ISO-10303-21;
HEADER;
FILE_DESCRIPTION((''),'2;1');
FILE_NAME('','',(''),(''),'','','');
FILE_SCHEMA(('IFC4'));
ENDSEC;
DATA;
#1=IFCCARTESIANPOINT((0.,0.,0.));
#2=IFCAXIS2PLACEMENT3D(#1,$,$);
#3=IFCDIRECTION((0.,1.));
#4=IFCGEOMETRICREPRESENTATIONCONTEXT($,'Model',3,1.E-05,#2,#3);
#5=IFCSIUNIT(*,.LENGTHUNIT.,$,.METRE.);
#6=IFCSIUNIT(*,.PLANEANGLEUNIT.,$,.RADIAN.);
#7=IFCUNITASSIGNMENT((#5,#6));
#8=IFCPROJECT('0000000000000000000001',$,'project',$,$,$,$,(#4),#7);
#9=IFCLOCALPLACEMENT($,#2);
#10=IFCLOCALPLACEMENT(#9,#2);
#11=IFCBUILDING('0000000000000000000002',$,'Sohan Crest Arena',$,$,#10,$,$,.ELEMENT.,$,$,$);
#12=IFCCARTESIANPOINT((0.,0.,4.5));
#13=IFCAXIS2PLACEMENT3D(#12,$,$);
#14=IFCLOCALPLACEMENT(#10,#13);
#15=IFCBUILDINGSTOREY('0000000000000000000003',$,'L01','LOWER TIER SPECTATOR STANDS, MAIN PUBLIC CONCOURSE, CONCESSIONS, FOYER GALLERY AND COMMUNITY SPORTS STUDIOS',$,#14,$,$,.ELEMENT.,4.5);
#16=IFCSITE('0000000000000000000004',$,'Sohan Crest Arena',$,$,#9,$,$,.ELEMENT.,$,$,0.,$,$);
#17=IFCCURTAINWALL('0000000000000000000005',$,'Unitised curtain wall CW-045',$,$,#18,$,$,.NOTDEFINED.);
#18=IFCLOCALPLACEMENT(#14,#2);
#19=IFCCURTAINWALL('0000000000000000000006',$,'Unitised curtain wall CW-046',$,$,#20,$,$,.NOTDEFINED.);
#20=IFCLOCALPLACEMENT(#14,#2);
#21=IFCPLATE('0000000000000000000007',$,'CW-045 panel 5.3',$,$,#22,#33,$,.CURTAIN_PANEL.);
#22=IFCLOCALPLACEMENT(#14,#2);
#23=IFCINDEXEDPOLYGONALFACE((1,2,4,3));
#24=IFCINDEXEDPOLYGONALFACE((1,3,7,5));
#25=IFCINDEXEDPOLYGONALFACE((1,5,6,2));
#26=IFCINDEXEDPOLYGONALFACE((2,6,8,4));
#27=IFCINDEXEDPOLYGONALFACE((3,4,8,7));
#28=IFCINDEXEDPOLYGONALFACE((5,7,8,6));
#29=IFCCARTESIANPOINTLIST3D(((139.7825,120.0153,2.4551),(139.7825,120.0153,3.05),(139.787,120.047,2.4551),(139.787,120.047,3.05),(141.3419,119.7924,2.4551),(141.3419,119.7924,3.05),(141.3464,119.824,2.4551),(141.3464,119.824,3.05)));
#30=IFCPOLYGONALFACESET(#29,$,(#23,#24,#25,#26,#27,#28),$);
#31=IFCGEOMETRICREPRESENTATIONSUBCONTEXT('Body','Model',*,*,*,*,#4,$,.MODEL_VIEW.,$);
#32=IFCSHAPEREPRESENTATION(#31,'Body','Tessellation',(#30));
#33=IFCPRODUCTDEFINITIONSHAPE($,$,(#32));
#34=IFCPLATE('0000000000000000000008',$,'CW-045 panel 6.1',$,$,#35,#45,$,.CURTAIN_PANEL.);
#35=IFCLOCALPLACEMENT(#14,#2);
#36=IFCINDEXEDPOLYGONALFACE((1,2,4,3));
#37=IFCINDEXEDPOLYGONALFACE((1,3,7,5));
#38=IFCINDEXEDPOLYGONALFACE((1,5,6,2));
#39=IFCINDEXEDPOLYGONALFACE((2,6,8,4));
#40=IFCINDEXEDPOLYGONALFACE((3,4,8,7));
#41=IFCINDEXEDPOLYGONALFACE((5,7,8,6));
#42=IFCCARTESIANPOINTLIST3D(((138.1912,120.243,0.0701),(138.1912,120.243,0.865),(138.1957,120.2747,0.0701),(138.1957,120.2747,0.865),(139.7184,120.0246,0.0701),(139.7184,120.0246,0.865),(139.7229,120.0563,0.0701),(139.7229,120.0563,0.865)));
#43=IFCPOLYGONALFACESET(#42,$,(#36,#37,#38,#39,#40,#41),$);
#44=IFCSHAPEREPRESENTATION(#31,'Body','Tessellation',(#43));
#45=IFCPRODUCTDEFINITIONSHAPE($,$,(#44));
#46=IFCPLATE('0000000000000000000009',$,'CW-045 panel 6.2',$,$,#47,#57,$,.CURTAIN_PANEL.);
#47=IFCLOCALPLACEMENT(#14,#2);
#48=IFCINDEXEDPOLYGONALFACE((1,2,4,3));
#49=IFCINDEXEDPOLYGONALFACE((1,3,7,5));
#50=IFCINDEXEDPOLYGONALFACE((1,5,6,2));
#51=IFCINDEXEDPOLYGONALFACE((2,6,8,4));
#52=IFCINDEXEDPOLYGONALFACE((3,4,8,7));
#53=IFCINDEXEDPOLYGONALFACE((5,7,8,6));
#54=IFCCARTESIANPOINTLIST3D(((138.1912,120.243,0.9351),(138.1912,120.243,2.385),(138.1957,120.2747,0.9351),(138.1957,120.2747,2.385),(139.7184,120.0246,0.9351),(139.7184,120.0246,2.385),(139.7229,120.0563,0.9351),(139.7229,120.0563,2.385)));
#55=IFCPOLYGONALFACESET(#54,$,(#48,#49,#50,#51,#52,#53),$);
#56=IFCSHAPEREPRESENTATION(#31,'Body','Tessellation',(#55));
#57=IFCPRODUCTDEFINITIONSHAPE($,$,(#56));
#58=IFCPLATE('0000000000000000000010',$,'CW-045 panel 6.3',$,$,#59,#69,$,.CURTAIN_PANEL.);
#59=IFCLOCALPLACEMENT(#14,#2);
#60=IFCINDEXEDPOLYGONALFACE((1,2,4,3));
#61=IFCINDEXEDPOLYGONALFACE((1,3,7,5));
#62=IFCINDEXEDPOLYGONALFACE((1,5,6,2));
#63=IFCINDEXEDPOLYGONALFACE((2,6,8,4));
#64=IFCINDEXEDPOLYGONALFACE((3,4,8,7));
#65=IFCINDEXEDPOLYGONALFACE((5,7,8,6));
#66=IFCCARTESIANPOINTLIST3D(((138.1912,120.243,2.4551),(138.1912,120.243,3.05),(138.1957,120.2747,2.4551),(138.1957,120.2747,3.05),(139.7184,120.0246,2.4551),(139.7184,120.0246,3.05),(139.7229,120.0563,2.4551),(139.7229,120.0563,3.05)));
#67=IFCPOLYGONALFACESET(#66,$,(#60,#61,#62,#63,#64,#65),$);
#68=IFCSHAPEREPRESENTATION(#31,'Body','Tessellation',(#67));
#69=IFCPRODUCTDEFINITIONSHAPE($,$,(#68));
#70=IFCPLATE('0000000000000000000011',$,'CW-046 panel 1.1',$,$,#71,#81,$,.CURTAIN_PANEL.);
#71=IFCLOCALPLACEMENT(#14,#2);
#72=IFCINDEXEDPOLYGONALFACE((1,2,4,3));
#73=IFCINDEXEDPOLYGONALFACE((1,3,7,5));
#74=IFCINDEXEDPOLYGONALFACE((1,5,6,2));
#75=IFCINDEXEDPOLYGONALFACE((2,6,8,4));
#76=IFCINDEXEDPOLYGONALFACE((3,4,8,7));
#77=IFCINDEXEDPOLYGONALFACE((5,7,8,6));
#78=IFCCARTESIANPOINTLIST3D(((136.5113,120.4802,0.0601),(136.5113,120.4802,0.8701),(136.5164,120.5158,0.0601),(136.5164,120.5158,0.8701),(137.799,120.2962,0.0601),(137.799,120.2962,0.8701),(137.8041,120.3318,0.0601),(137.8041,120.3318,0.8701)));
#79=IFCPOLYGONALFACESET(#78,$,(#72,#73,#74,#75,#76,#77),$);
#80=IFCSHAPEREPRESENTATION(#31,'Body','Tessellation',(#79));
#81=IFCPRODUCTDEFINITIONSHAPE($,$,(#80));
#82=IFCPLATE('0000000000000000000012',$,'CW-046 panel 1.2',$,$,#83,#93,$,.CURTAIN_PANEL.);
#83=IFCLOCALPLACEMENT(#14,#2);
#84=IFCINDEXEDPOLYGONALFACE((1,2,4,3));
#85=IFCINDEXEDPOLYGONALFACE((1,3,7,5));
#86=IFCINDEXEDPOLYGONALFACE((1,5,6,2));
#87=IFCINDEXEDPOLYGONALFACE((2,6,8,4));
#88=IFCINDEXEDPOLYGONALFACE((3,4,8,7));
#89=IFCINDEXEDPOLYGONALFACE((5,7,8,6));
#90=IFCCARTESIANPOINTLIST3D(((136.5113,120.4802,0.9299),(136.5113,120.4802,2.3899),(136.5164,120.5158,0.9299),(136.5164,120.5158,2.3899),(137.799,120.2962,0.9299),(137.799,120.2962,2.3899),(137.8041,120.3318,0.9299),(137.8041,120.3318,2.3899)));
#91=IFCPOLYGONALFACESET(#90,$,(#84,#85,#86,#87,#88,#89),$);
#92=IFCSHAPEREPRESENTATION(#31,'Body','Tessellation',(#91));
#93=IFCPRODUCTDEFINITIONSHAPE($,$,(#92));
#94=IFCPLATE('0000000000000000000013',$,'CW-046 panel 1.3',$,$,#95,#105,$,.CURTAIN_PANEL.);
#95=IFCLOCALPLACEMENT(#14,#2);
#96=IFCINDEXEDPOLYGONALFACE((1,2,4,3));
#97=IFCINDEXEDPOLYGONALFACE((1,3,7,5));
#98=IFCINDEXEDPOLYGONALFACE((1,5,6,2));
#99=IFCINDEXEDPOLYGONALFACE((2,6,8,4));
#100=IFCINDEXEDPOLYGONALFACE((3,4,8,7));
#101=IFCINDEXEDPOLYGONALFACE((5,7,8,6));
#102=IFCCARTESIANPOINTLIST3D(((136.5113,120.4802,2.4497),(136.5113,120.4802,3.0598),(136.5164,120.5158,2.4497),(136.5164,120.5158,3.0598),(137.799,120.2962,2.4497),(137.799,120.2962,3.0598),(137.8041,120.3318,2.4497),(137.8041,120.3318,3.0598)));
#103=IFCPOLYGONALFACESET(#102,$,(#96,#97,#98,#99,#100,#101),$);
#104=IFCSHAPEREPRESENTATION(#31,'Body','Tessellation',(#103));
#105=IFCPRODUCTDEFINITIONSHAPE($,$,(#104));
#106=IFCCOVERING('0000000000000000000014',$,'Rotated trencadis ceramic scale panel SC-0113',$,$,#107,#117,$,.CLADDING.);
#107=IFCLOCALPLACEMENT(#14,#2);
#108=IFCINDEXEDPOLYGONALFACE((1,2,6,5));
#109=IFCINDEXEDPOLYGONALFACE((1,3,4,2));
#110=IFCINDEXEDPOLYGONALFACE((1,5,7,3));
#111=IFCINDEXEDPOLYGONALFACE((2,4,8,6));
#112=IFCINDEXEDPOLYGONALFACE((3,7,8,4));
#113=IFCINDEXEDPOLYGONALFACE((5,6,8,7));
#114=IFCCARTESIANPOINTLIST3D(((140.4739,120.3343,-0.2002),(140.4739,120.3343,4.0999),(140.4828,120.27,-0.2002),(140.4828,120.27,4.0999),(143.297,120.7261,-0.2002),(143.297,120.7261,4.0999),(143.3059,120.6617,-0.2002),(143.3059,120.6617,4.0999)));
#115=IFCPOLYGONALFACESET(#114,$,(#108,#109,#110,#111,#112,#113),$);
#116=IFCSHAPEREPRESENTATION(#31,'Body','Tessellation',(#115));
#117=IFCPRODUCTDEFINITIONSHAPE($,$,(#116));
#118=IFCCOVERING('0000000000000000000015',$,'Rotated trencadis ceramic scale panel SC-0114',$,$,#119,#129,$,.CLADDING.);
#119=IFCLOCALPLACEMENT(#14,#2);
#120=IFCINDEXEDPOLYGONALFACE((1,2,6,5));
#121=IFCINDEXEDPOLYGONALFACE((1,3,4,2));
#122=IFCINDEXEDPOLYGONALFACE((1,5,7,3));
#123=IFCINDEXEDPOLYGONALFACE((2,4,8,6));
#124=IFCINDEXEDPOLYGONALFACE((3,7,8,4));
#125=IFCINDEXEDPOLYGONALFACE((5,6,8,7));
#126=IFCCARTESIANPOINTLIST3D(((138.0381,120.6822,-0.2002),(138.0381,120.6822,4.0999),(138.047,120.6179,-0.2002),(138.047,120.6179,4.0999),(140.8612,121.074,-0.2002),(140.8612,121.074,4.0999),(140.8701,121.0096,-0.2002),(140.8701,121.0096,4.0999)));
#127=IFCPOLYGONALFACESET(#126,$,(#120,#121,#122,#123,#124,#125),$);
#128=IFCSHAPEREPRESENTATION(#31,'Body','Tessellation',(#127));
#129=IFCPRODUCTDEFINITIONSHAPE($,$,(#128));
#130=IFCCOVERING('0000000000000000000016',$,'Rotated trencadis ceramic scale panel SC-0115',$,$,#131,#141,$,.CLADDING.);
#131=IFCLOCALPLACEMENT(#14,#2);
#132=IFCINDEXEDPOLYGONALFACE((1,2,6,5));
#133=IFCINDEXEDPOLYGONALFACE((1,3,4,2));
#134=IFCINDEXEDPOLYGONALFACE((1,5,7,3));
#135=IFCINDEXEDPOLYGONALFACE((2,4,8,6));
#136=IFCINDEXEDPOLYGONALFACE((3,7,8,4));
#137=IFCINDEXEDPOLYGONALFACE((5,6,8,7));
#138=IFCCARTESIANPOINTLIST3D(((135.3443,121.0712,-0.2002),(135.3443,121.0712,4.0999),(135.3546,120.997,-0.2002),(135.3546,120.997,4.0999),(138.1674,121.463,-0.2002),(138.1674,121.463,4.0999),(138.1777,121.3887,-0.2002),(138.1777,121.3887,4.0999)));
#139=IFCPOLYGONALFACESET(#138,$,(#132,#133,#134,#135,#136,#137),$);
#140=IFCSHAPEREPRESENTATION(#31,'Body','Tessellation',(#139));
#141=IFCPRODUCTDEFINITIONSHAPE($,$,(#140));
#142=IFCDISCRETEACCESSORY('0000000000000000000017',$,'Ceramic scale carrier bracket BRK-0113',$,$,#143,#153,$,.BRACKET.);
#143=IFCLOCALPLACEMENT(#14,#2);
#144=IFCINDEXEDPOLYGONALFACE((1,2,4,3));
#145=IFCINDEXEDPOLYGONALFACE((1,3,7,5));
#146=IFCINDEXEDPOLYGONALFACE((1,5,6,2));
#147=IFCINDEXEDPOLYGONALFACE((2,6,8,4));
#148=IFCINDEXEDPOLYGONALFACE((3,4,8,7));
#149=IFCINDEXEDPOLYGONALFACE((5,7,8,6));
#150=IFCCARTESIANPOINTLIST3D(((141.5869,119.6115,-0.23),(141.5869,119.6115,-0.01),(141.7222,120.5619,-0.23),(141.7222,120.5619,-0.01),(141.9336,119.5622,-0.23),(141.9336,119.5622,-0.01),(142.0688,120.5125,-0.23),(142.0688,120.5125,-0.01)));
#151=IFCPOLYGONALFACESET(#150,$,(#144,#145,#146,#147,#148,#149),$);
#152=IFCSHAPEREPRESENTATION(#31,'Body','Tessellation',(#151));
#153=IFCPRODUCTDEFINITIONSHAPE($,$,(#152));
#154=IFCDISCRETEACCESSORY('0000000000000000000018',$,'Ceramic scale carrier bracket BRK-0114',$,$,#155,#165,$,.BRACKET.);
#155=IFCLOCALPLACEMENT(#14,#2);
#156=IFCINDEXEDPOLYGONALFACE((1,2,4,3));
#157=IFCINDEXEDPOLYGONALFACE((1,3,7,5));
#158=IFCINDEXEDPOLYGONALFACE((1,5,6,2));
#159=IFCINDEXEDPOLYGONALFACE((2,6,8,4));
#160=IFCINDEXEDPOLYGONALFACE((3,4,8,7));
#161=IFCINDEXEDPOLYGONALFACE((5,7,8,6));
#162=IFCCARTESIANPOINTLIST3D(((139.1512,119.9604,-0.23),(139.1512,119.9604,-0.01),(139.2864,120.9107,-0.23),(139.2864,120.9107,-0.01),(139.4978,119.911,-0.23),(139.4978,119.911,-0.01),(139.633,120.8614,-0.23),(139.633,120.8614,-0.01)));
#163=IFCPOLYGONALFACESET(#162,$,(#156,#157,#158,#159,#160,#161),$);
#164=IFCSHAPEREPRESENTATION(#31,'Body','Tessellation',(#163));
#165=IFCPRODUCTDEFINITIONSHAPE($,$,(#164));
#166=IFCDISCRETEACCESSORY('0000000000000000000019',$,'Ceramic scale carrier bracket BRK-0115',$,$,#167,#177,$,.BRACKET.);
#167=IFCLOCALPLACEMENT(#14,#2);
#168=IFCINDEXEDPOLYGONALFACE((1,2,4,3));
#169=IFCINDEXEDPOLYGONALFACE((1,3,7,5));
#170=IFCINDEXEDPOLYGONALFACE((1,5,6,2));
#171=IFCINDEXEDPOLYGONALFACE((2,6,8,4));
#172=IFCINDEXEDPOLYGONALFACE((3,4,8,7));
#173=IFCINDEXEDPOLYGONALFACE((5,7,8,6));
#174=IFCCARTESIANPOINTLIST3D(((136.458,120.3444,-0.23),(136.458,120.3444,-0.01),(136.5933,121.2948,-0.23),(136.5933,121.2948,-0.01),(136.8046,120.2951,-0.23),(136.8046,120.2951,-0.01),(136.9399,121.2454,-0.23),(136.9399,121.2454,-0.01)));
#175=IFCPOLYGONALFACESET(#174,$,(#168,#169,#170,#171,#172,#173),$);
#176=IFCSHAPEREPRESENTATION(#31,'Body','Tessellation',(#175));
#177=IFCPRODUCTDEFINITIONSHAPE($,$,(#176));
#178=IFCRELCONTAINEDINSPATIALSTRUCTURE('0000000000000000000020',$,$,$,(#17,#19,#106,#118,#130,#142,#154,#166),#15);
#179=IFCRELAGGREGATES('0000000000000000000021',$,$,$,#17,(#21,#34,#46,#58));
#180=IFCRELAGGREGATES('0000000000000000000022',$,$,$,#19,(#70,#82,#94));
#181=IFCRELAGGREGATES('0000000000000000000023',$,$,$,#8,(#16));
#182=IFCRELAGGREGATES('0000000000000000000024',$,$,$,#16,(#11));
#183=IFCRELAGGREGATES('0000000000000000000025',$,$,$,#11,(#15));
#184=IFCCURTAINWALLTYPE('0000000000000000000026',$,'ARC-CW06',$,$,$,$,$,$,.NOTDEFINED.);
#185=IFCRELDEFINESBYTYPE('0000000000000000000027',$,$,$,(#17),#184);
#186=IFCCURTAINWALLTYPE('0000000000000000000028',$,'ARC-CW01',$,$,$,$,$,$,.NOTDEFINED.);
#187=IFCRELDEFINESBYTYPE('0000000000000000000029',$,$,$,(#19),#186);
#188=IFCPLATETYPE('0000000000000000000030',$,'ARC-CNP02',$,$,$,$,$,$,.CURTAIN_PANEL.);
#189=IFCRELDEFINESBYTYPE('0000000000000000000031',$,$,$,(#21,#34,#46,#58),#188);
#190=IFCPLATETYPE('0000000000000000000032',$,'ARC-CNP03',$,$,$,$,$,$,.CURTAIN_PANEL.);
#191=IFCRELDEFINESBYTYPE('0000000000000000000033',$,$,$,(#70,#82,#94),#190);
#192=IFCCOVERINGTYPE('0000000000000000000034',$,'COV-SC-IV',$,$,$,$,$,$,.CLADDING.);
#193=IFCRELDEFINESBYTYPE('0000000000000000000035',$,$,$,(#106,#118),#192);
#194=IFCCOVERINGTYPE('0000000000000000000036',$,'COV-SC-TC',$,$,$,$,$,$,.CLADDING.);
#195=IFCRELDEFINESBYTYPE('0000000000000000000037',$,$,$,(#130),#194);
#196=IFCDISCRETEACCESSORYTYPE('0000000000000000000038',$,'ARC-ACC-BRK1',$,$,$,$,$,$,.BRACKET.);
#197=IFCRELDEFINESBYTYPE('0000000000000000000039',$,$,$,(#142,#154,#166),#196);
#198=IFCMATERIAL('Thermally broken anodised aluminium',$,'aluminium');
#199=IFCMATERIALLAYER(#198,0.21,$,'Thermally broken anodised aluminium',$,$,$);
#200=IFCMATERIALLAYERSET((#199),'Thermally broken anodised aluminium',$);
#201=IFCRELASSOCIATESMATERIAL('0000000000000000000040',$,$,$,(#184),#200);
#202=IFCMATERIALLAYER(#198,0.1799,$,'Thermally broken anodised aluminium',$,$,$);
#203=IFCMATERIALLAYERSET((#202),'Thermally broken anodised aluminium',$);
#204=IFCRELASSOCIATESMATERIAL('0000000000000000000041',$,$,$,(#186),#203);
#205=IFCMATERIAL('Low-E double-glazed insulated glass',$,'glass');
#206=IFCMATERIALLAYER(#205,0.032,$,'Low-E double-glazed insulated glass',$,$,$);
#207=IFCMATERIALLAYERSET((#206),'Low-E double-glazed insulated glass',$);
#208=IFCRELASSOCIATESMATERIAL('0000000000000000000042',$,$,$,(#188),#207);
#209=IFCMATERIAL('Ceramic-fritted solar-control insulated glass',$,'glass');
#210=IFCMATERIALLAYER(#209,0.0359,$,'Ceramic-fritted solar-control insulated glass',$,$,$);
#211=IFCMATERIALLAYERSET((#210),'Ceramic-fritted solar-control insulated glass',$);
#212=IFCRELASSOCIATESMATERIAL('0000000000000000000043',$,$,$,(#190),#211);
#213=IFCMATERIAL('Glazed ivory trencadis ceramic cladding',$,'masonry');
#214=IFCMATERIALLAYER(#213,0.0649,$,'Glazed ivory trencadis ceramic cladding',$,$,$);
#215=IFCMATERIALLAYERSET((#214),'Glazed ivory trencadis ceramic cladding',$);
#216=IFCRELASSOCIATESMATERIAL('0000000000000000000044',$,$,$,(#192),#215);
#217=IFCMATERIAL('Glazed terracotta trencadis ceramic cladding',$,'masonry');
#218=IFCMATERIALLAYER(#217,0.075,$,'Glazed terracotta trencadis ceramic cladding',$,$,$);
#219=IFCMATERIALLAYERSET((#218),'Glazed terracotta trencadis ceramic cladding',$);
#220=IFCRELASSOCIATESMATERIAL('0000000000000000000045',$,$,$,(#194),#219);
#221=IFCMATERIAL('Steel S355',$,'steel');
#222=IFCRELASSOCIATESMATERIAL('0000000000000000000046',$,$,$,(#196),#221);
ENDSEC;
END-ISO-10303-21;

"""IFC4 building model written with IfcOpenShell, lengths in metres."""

from ifc_helpers import new_model, si_unit, direction, frame, origin, origin_2d, place, context, subcontext, project, spatial, rectangle, extrude, material, layer, layer_set, type_object, element, aggregate, save


model = new_model("IFC4")

# Units and contexts
model_context = context("Model", 3, precision=1e-05, world=origin(), true_north=direction((0.0, 1.0)))
body_context = subcontext(model_context, "Body", "Model", "MODEL_VIEW")
ifc_project = project(units=[si_unit("LENGTHUNIT", "METRE"), si_unit("PLANEANGLEUNIT", "RADIAN")], contexts=[model_context])

# Site, building, storey
site_placement = place(None, origin())
site = spatial("IfcSite", under=ifc_project, at=site_placement, Name="Sohan Crest Arena", CompositionType="ELEMENT", RefElevation=0.0)
building_placement = place(site_placement, origin())
building = spatial("IfcBuilding", under=site, at=building_placement, Name="Sohan Crest Arena", CompositionType="ELEMENT")
storey_placement = place(building_placement, frame((0.0, 0.0, 4.5)))
storey = spatial("IfcBuildingStorey", under=building, at=storey_placement, Name="L01", Description="LOWER TIER SPECTATOR STANDS, MAIN PUBLIC CONCOURSE, CONCESSIONS, FOYER GALLERY AND COMMUNITY SPORTS STUDIOS", CompositionType="ELEMENT", Elevation=4.5)

# Shared definitions
ifc_material_1 = material(Name="Steel S355", Category="steel")

# Curtain walls
ifc_material_2 = material(Name="Thermally broken anodised aluminium", Category="aluminium")
ifc_layer_1 = layer(ifc_material_2, 0.21, Name="Thermally broken anodised aluminium")
ifc_layer_set_1 = layer_set([ifc_layer_1], Name="Thermally broken anodised aluminium")
curtain_wall_type_1 = type_object("IfcCurtainWallType", Name="ARC-CW06", PredefinedType="NOTDEFINED", material=ifc_layer_set_1)
curtain_wall_1_placement = place(storey_placement, origin())
curtain_wall_1 = element("IfcCurtainWall", 1, at=curtain_wall_1_placement, inside=storey, type_object=curtain_wall_type_1, Name="Unitised curtain wall CW-045", PredefinedType="NOTDEFINED")
ifc_layer_2 = layer(ifc_material_2, 0.1799, Name="Thermally broken anodised aluminium")
ifc_layer_set_2 = layer_set([ifc_layer_2], Name="Thermally broken anodised aluminium")
curtain_wall_type_2 = type_object("IfcCurtainWallType", Name="ARC-CW01", PredefinedType="NOTDEFINED", material=ifc_layer_set_2)
curtain_wall_2_placement = place(storey_placement, origin())
curtain_wall_2 = element("IfcCurtainWall", 2, at=curtain_wall_2_placement, inside=storey, type_object=curtain_wall_type_2, Name="Unitised curtain wall CW-046", PredefinedType="NOTDEFINED")

# Plates
ifc_material_3 = material(Name="Low-E double-glazed insulated glass", Category="glass")
ifc_layer_3 = layer(ifc_material_3, 0.032, Name="Low-E double-glazed insulated glass")
ifc_layer_set_3 = layer_set([ifc_layer_3], Name="Low-E double-glazed insulated glass")
plate_type_1 = type_object("IfcPlateType", Name="ARC-CNP02", PredefinedType="CURTAIN_PANEL", material=ifc_layer_set_3)
plate_1_placement = place(storey_placement, frame((140.5645, 119.9197, 2.4551), z_axis=(0.0, 0.0, 1.0), x_axis=(-0.989931, 0.141549, 0.0)))
plate_1 = element("IfcPlate", 3, at=plate_1_placement, type_object=plate_type_1, Name="CW-045 panel 5.3", PredefinedType="CURTAIN_PANEL", context=body_context, shape_type="SweptSolid", body=[
    extrude(rectangle(XDim=1.5752, YDim=0.032, at=origin_2d()), origin(), (0.0, 0.0, 1.0), 0.595),
])
plate_2_placement = place(storey_placement, frame((138.957, 120.1497, 0.0701), z_axis=(0.0, 0.0, 1.0), x_axis=(-0.989931, 0.141549, 0.0)))
plate_2 = element("IfcPlate", 4, at=plate_2_placement, type_object=plate_type_1, Name="CW-045 panel 6.1", PredefinedType="CURTAIN_PANEL", context=body_context, shape_type="SweptSolid", body=[
    extrude(rectangle(XDim=1.5427, YDim=0.032, at=origin_2d()), origin(), (0.0, 0.0, 1.0), 0.7949),
])
plate_3_placement = place(storey_placement, frame((138.957, 120.1497, 0.9351), z_axis=(0.0, 0.0, 1.0), x_axis=(-0.989931, 0.141549, 0.0)))
plate_3 = element("IfcPlate", 5, at=plate_3_placement, type_object=plate_type_1, Name="CW-045 panel 6.2", PredefinedType="CURTAIN_PANEL", context=body_context, shape_type="SweptSolid", body=[
    extrude(rectangle(XDim=1.5427, YDim=0.032, at=origin_2d()), origin(), (0.0, 0.0, 1.0), 1.45),
])
plate_4_placement = place(storey_placement, frame((138.957, 120.1497, 2.4551), z_axis=(0.0, 0.0, 1.0), x_axis=(-0.989931, 0.141549, 0.0)))
plate_4 = element("IfcPlate", 6, at=plate_4_placement, type_object=plate_type_1, Name="CW-045 panel 6.3", PredefinedType="CURTAIN_PANEL", context=body_context, shape_type="SweptSolid", body=[
    extrude(rectangle(XDim=1.5427, YDim=0.032, at=origin_2d()), origin(), (0.0, 0.0, 1.0), 0.595),
])
aggregate(curtain_wall_1, [plate_1, plate_2, plate_3, plate_4])
ifc_material_4 = material(Name="Ceramic-fritted solar-control insulated glass", Category="glass")
ifc_layer_4 = layer(ifc_material_4, 0.0359, Name="Ceramic-fritted solar-control insulated glass")
ifc_layer_set_4 = layer_set([ifc_layer_4], Name="Ceramic-fritted solar-control insulated glass")
plate_type_2 = type_object("IfcPlateType", Name="ARC-CNP03", PredefinedType="CURTAIN_PANEL", material=ifc_layer_set_4)
plate_5_placement = place(storey_placement, frame((137.1577, 120.406, 0.0601), z_axis=(0.0, 0.0, 1.0), x_axis=(-0.989945, 0.14145, 0.0)))
plate_5 = element("IfcPlate", 7, at=plate_5_placement, type_object=plate_type_2, Name="CW-046 panel 1.1", PredefinedType="CURTAIN_PANEL", context=body_context, shape_type="SweptSolid", body=[
    extrude(rectangle(XDim=1.3008, YDim=0.0359, at=origin_2d()), origin(), (0.0, 0.0, 1.0), 0.8101),
])
plate_6_placement = place(storey_placement, frame((137.1577, 120.406, 0.9299), z_axis=(0.0, 0.0, 1.0), x_axis=(-0.989945, 0.14145, 0.0)))
plate_6 = element("IfcPlate", 8, at=plate_6_placement, type_object=plate_type_2, Name="CW-046 panel 1.2", PredefinedType="CURTAIN_PANEL", context=body_context, shape_type="SweptSolid", body=[
    extrude(rectangle(XDim=1.3008, YDim=0.0359, at=origin_2d()), origin(), (0.0, 0.0, 1.0), 1.46),
])
plate_7_placement = place(storey_placement, frame((137.1577, 120.406, 2.4497), z_axis=(0.0, 0.0, 1.0), x_axis=(-0.989945, 0.14145, 0.0)))
plate_7 = element("IfcPlate", 9, at=plate_7_placement, type_object=plate_type_2, Name="CW-046 panel 1.3", PredefinedType="CURTAIN_PANEL", context=body_context, shape_type="SweptSolid", body=[
    extrude(rectangle(XDim=1.3008, YDim=0.0359, at=origin_2d()), origin(), (0.0, 0.0, 1.0), 0.6101),
])
aggregate(curtain_wall_2, [plate_5, plate_6, plate_7])

# Coverings
ifc_material_5 = material(Name="Glazed ivory trencadis ceramic cladding", Category="masonry")
ifc_layer_5 = layer(ifc_material_5, 0.0649, Name="Glazed ivory trencadis ceramic cladding")
ifc_layer_set_5 = layer_set([ifc_layer_5], Name="Glazed ivory trencadis ceramic cladding")
covering_type_1 = type_object("IfcCoveringType", Name="COV-SC-IV", PredefinedType="CLADDING", material=ifc_layer_set_5)
for number, where, z_axis, x_axis, name in (
    (10, (141.8899, 120.498, -0.2002), (0.0, 0.0, 1.0), (-0.990509, -0.137445, 0.0), "Rotated trencadis ceramic scale panel SC-0113"),
    (11, (139.4541, 120.8459, -0.2002), (0.0, 0.0, 1.0), (-0.990509, -0.137445, 0.0), "Rotated trencadis ceramic scale panel SC-0114"),
):
    element("IfcCovering", number, at=place(storey_placement, frame(where, z_axis=z_axis, x_axis=x_axis)), inside=storey, type_object=covering_type_1, Name=name, PredefinedType="CLADDING", context=body_context, shape_type="SweptSolid", body=[
        extrude(rectangle(XDim=2.8501, YDim=0.0649, at=origin_2d()), origin(), (0.0, 0.0, 1.0), 4.3),
    ])
ifc_material_6 = material(Name="Glazed terracotta trencadis ceramic cladding", Category="masonry")
ifc_layer_6 = layer(ifc_material_6, 0.075, Name="Glazed terracotta trencadis ceramic cladding")
ifc_layer_set_6 = layer_set([ifc_layer_6], Name="Glazed terracotta trencadis ceramic cladding")
covering_type_2 = type_object("IfcCoveringType", Name="COV-SC-TC", PredefinedType="CLADDING", material=ifc_layer_set_6)
covering_placement = place(storey_placement, frame((136.761, 121.23, -0.2002), z_axis=(0.0, 0.0, 1.0), x_axis=(-0.990509, -0.137445, 0.0)))
element("IfcCovering", 12, at=covering_placement, inside=storey, type_object=covering_type_2, Name="Rotated trencadis ceramic scale panel SC-0115", PredefinedType="CLADDING", context=body_context, shape_type="SweptSolid", body=[
    extrude(rectangle(XDim=2.8501, YDim=0.075, at=origin_2d()), origin(), (0.0, 0.0, 1.0), 4.3),
])

# Discrete accessories
discrete_accessory_type = type_object("IfcDiscreteAccessoryType", Name="ARC-ACC-BRK1", PredefinedType="BRACKET", material=ifc_material_1)
for number, where, z_axis, x_axis, name in (
    (13, (141.8279, 120.062, -0.23), (0.0, 0.0, 1.0), (-0.990024, 0.140901, 0.0), "Ceramic scale carrier bracket BRK-0113"),
    (14, (139.3921, 120.4109, -0.23), (0.0, 0.0, 1.0), (-0.990024, 0.140901, 0.0), "Ceramic scale carrier bracket BRK-0114"),
    (15, (136.699, 120.7949, -0.23), (0.0, 0.0, 1.0), (-0.990024, 0.140901, 0.0), "Ceramic scale carrier bracket BRK-0115"),
):
    element("IfcDiscreteAccessory", number, at=place(storey_placement, frame(where, z_axis=z_axis, x_axis=x_axis)), inside=storey, type_object=discrete_accessory_type, Name=name, PredefinedType="BRACKET", context=body_context, shape_type="SweptSolid", body=[
        extrude(rectangle(XDim=0.3501, YDim=0.96, at=origin_2d()), origin(), (0.0, 0.0, 1.0), 0.22),
    ])

save(model, "model.ifc")
